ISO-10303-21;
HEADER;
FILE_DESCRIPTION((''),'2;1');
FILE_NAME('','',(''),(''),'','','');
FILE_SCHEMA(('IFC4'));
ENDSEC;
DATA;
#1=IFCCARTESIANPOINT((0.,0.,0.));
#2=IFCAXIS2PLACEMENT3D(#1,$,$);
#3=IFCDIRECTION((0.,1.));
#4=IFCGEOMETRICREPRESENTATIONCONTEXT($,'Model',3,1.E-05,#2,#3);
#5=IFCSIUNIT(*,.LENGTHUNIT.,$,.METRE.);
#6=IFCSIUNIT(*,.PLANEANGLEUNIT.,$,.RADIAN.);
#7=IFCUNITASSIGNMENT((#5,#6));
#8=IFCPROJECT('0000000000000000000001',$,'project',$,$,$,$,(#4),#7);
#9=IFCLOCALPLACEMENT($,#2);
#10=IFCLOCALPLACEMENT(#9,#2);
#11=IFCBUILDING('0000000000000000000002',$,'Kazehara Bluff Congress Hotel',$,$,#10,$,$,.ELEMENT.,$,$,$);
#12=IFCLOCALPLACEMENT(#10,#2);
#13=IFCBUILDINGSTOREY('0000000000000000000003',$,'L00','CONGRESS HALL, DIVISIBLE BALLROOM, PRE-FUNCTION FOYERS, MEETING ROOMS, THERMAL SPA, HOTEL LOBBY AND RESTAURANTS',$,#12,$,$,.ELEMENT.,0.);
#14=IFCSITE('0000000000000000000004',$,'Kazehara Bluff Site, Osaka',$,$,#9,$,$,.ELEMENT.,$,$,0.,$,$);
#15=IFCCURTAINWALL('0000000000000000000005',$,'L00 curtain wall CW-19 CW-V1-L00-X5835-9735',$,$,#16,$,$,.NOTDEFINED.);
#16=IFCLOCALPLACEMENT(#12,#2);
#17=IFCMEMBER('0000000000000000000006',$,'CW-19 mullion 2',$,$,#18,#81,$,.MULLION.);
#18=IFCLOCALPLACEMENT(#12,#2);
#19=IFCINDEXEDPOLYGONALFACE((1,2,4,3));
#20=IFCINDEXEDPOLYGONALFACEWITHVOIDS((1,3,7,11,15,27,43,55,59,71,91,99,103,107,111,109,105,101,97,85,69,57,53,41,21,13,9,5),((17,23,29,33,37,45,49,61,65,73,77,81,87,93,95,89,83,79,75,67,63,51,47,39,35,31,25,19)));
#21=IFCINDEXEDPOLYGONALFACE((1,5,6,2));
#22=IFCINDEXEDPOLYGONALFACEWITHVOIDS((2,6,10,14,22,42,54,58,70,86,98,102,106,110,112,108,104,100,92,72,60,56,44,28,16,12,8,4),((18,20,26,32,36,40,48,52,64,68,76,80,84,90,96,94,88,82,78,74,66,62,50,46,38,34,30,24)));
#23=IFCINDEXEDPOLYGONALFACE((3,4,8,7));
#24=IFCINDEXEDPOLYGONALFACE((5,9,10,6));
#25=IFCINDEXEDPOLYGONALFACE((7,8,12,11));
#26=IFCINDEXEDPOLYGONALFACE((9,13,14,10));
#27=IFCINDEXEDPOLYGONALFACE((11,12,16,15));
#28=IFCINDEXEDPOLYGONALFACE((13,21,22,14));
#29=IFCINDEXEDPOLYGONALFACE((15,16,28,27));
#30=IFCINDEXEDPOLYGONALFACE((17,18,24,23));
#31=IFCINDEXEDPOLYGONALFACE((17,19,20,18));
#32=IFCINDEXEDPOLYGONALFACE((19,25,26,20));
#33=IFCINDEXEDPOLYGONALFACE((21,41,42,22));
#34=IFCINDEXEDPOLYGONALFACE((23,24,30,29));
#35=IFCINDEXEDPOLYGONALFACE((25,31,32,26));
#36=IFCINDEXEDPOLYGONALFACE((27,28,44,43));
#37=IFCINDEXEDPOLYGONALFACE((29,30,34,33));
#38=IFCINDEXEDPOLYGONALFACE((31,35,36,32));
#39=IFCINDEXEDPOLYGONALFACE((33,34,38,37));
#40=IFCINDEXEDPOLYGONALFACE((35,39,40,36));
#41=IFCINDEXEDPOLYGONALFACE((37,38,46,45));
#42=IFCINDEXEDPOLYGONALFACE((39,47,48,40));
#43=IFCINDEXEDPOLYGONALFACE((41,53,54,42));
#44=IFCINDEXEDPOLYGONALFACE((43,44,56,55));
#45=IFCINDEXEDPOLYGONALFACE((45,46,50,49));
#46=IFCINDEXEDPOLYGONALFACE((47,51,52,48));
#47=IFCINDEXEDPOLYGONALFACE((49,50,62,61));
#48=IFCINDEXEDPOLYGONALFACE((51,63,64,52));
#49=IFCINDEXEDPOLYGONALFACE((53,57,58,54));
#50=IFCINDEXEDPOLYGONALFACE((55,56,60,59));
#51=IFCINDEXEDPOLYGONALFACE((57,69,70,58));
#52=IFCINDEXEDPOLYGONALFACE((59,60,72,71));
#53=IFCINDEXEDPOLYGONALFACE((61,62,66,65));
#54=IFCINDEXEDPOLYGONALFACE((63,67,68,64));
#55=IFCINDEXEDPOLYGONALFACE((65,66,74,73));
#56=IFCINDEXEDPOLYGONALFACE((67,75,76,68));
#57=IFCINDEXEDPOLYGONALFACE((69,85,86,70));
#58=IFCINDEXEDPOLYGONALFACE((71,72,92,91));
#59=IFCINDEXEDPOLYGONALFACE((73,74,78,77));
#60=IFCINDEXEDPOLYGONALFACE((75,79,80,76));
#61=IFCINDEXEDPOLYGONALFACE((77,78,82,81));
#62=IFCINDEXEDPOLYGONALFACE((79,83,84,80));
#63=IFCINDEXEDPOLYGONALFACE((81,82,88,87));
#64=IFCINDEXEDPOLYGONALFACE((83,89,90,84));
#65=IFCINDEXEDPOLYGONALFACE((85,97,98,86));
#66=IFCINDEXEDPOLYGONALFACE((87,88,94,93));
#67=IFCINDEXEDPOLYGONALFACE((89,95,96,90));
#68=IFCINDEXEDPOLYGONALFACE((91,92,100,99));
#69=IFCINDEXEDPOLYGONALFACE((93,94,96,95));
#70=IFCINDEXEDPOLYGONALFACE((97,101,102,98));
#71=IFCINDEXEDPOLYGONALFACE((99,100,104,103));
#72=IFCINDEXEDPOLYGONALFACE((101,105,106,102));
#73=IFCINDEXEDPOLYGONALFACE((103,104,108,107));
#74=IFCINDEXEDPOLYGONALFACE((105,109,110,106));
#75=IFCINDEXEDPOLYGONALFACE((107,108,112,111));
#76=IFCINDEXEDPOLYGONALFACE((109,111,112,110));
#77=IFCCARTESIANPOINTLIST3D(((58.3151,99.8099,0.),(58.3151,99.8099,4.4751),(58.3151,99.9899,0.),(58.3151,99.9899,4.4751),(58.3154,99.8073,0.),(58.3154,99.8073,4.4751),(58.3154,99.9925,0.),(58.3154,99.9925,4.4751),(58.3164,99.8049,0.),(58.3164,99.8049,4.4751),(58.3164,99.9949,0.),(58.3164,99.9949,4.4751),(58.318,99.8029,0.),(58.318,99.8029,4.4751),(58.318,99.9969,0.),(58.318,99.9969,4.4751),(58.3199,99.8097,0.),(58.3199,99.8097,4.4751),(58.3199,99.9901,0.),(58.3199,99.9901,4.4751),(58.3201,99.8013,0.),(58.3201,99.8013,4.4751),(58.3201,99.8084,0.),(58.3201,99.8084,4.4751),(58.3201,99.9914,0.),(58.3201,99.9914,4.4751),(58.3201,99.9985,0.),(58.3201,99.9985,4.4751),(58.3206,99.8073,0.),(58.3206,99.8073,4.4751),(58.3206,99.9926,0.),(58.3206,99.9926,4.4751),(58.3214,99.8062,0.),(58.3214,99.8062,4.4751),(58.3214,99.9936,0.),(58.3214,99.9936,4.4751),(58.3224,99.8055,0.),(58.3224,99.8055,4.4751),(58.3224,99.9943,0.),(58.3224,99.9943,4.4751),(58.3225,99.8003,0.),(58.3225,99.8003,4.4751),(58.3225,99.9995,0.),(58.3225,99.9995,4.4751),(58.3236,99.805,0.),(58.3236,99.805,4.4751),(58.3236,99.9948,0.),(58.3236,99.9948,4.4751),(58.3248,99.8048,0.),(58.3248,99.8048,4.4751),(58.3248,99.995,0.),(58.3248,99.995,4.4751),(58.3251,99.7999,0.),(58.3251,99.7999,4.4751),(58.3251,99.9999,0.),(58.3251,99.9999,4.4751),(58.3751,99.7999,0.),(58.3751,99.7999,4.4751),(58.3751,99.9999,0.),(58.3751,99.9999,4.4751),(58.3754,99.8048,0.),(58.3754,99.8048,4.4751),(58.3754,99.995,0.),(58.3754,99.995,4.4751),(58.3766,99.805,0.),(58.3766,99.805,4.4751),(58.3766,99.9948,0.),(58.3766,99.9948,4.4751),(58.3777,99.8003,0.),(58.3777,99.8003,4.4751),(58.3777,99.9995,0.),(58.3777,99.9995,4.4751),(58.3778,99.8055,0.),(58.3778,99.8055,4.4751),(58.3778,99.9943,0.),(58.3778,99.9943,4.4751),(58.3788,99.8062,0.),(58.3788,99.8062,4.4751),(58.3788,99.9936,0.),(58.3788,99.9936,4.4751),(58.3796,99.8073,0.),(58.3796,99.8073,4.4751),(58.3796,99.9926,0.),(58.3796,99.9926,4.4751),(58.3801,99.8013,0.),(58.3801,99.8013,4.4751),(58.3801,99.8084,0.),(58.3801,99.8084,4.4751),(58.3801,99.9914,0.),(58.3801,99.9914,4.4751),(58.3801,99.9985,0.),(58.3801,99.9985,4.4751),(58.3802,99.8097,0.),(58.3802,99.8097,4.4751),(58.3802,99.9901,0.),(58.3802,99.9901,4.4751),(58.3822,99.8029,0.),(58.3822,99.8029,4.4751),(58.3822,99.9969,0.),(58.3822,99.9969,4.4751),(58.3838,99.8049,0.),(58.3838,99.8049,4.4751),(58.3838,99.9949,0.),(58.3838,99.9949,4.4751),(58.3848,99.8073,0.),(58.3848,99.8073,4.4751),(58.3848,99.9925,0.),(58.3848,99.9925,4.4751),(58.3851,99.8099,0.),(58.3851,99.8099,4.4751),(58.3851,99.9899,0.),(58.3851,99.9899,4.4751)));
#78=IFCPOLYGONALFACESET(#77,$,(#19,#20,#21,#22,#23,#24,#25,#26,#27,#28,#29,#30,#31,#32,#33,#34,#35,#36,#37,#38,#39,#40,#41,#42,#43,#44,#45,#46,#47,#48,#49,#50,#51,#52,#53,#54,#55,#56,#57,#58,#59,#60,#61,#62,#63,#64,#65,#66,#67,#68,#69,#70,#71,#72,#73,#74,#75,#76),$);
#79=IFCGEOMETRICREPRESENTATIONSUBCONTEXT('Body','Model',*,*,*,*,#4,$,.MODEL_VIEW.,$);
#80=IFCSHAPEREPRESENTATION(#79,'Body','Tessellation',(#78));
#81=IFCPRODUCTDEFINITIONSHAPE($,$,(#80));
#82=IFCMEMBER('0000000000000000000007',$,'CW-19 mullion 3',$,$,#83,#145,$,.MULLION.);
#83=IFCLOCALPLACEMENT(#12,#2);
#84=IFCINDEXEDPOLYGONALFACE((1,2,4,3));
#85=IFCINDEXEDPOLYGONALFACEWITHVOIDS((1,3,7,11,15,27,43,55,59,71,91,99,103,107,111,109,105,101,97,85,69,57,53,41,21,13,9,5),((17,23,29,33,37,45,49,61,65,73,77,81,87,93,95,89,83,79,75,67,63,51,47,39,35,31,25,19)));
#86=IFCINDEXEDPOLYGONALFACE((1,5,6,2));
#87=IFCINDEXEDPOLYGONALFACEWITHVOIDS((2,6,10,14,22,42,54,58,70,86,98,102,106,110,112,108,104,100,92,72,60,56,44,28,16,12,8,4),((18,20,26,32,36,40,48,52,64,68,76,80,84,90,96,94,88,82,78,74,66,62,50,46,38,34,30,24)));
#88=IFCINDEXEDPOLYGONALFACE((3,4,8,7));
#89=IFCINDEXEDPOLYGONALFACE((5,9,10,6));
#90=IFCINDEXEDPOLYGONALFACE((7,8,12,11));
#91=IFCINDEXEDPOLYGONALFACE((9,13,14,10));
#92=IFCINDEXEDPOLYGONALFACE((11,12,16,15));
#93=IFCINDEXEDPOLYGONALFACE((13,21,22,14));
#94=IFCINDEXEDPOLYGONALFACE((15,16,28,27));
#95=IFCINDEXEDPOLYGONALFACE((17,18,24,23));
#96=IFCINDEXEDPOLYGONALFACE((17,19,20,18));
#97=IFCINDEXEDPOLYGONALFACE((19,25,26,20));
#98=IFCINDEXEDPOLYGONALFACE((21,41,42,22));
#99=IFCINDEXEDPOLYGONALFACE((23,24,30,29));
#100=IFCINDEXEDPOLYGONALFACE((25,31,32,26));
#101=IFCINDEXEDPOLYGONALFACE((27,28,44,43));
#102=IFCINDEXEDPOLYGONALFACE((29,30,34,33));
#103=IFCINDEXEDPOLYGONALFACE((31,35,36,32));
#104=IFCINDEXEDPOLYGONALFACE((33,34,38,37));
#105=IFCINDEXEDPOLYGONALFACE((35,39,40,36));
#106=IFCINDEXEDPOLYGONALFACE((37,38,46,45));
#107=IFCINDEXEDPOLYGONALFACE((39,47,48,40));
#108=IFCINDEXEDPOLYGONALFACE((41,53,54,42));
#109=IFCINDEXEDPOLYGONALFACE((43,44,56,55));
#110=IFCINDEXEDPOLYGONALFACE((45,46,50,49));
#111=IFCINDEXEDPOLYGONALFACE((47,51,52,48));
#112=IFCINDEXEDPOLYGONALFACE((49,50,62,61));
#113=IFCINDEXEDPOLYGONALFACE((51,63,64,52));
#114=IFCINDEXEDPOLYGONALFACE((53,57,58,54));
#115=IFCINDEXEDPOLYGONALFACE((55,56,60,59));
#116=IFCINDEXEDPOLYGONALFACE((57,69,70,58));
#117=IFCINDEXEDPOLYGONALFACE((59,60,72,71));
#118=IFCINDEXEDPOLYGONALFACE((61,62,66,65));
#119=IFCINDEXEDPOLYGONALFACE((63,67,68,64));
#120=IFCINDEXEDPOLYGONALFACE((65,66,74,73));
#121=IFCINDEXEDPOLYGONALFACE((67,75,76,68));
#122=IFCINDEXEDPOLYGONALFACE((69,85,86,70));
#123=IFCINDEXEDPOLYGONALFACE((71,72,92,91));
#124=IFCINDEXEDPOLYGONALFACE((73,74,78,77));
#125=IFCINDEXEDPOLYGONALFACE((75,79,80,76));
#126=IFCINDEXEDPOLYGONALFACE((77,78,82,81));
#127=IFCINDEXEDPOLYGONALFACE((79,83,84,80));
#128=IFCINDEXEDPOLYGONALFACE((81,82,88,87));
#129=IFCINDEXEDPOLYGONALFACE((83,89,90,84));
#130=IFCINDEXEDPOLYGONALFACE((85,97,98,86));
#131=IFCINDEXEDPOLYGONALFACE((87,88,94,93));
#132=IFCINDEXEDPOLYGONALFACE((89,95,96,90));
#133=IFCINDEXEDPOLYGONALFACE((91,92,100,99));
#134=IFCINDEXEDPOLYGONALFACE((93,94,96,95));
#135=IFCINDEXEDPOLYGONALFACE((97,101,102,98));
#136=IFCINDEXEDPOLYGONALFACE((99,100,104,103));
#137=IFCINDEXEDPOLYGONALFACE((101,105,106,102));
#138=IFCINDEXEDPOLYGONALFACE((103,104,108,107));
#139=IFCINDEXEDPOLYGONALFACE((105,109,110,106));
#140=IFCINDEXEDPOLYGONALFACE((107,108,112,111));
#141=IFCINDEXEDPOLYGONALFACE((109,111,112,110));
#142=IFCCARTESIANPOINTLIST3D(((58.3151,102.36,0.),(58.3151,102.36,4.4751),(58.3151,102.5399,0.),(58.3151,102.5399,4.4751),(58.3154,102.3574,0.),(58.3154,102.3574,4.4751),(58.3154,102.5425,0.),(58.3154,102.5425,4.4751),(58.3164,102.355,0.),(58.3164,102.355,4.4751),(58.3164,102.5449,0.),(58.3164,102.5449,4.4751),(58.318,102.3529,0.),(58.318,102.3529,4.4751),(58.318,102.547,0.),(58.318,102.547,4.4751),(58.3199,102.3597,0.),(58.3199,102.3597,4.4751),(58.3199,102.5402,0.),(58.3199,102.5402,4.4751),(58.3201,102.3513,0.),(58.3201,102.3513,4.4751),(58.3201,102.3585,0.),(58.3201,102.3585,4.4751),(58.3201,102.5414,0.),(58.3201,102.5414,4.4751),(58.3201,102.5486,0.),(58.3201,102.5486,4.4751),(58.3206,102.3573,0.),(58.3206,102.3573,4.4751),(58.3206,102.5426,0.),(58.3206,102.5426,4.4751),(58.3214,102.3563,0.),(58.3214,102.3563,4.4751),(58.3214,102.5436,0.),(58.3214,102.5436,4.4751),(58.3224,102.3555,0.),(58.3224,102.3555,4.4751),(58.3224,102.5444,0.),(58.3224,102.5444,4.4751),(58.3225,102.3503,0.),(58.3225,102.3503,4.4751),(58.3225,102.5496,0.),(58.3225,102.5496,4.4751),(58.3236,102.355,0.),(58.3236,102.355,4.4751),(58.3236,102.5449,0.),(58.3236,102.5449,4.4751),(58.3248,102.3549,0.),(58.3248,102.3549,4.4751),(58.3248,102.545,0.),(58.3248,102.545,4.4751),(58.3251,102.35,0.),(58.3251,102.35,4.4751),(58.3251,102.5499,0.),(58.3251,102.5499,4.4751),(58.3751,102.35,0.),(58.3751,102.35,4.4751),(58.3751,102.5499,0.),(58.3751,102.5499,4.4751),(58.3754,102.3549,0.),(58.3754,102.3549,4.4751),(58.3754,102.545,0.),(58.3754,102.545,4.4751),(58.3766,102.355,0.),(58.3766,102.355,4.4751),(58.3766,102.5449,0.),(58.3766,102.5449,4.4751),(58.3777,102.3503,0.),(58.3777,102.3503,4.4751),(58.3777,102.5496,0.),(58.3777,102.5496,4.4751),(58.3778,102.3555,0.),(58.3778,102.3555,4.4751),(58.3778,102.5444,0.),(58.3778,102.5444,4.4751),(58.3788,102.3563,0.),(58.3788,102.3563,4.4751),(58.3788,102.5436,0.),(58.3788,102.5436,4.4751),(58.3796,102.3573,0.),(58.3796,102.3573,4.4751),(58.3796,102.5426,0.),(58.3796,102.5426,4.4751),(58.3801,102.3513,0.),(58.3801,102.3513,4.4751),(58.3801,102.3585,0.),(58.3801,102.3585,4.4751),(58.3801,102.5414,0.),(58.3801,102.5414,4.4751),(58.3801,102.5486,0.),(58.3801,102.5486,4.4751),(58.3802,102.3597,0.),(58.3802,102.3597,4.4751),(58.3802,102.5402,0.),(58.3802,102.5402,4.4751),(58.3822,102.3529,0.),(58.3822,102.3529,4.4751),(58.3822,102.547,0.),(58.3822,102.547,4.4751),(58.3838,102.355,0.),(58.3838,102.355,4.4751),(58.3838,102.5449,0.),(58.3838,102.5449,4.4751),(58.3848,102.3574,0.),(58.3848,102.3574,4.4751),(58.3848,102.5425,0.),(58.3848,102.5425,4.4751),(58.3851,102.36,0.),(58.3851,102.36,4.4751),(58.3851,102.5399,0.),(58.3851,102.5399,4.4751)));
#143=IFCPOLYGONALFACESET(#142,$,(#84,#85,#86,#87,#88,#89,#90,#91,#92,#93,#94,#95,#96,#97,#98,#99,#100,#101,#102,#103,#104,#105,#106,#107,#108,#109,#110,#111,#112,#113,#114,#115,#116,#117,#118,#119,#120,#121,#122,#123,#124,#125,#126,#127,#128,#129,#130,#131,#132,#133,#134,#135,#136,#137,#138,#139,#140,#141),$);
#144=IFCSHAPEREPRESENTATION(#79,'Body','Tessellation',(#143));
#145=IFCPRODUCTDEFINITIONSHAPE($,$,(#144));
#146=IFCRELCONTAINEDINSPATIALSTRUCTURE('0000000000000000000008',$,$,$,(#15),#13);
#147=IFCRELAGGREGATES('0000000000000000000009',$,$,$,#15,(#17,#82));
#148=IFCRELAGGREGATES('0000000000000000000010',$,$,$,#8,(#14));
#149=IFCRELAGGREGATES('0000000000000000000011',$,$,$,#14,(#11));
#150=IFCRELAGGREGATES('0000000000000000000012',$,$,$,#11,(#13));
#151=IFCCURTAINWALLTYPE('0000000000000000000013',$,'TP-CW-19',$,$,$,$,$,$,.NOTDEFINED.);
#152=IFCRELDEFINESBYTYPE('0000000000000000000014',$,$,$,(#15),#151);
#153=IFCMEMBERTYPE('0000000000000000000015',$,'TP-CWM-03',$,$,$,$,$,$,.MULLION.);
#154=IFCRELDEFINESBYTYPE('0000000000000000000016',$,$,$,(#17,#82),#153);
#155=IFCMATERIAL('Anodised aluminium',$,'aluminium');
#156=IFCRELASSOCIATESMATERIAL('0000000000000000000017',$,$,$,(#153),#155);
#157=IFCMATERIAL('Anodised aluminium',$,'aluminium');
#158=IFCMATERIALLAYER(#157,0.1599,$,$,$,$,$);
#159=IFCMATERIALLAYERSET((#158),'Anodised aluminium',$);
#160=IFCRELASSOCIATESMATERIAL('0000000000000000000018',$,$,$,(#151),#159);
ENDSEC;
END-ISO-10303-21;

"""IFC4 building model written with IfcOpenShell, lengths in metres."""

from ifc_helpers import new_model, si_unit, direction, frame, origin, origin_2d, place, context, subcontext, project, spatial, hollow_rectangle, extrude, material, layer, layer_set, material_profile, profile_set, type_object, element, aggregate, save


model = new_model("IFC4")

# Units and contexts
model_context = context("Model", 3, precision=1e-05, world=origin(), true_north=direction((0.0, 1.0)))
body_context = subcontext(model_context, "Body", "Model", "MODEL_VIEW")
ifc_project = project(units=[si_unit("LENGTHUNIT", "METRE"), si_unit("PLANEANGLEUNIT", "RADIAN")], contexts=[model_context])

# Site, building, storey
site_placement = place(None, origin())
site = spatial("IfcSite", under=ifc_project, at=site_placement, Name="Kazehara Bluff Site, Osaka", CompositionType="ELEMENT", RefElevation=0.0)
building_placement = place(site_placement, origin())
building = spatial("IfcBuilding", under=site, at=building_placement, Name="Kazehara Bluff Congress Hotel", CompositionType="ELEMENT")
storey_placement = place(building_placement, origin())
storey = spatial("IfcBuildingStorey", under=building, at=storey_placement, Name="L00", Description="CONGRESS HALL, DIVISIBLE BALLROOM, PRE-FUNCTION FOYERS, MEETING ROOMS, THERMAL SPA, HOTEL LOBBY AND RESTAURANTS", CompositionType="ELEMENT", Elevation=0.0)

# Shared definitions
ifc_material_1 = material(Name="Anodised aluminium", Category="aluminium")
ifc_material_profile_1 = material_profile(ifc_material_1, hollow_rectangle(XDim=0.0701, YDim=0.2, WallThickness=0.0049, InnerFilletRadius=0.0049, OuterFilletRadius=0.01, at=origin_2d()))
ifc_profile_set_1 = profile_set([ifc_material_profile_1], Name="Anodised aluminium")
member_type_1 = type_object("IfcMemberType", Name="TP-CWM-03", PredefinedType="MULLION", material=ifc_profile_set_1)

# Curtain wall, members
ifc_material_2 = material(Name="Anodised aluminium", Category="aluminium")
ifc_layer_1 = layer(ifc_material_2, 0.1599)
ifc_layer_set_1 = layer_set([ifc_layer_1], Name="Anodised aluminium")
curtain_wall_type_1 = type_object("IfcCurtainWallType", Name="TP-CW-19", PredefinedType="NOTDEFINED", material=ifc_layer_set_1)
curtain_wall_1_placement = place(storey_placement, origin())
curtain_wall_1 = element("IfcCurtainWall", 1, at=curtain_wall_1_placement, inside=storey, type_object=curtain_wall_type_1, Name="L00 curtain wall CW-19 CW-V1-L00-X5835-9735", PredefinedType="NOTDEFINED")
member_1_placement = place(storey_placement, frame((58.3501, 99.8999, 0.0), z_axis=(0.0, 0.0, 1.0), x_axis=(-1.0, 0.0, 0.0)))
member_1 = element("IfcMember", 2, at=member_1_placement, type_object=member_type_1, Name="CW-19 mullion 2", PredefinedType="MULLION", context=body_context, shape_type="SweptSolid", body=[
    extrude(hollow_rectangle(XDim=0.0701, YDim=0.2, WallThickness=0.0049, InnerFilletRadius=0.0049, OuterFilletRadius=0.01, at=origin_2d()), origin(), (0.0, 0.0, 1.0), 4.4751),
])
member_2_placement = place(storey_placement, frame((58.3501, 102.45, 0.0), z_axis=(0.0, 0.0, 1.0), x_axis=(-1.0, 0.0, 0.0)))
member_2 = element("IfcMember", 3, at=member_2_placement, type_object=member_type_1, Name="CW-19 mullion 3", PredefinedType="MULLION", context=body_context, shape_type="SweptSolid", body=[
    extrude(hollow_rectangle(XDim=0.0701, YDim=0.2, WallThickness=0.0049, InnerFilletRadius=0.0049, OuterFilletRadius=0.01, at=origin_2d()), origin(), (0.0, 0.0, 1.0), 4.4751),
])

aggregate(curtain_wall_1, [member_1, member_2])

save(model, "model.ifc")
